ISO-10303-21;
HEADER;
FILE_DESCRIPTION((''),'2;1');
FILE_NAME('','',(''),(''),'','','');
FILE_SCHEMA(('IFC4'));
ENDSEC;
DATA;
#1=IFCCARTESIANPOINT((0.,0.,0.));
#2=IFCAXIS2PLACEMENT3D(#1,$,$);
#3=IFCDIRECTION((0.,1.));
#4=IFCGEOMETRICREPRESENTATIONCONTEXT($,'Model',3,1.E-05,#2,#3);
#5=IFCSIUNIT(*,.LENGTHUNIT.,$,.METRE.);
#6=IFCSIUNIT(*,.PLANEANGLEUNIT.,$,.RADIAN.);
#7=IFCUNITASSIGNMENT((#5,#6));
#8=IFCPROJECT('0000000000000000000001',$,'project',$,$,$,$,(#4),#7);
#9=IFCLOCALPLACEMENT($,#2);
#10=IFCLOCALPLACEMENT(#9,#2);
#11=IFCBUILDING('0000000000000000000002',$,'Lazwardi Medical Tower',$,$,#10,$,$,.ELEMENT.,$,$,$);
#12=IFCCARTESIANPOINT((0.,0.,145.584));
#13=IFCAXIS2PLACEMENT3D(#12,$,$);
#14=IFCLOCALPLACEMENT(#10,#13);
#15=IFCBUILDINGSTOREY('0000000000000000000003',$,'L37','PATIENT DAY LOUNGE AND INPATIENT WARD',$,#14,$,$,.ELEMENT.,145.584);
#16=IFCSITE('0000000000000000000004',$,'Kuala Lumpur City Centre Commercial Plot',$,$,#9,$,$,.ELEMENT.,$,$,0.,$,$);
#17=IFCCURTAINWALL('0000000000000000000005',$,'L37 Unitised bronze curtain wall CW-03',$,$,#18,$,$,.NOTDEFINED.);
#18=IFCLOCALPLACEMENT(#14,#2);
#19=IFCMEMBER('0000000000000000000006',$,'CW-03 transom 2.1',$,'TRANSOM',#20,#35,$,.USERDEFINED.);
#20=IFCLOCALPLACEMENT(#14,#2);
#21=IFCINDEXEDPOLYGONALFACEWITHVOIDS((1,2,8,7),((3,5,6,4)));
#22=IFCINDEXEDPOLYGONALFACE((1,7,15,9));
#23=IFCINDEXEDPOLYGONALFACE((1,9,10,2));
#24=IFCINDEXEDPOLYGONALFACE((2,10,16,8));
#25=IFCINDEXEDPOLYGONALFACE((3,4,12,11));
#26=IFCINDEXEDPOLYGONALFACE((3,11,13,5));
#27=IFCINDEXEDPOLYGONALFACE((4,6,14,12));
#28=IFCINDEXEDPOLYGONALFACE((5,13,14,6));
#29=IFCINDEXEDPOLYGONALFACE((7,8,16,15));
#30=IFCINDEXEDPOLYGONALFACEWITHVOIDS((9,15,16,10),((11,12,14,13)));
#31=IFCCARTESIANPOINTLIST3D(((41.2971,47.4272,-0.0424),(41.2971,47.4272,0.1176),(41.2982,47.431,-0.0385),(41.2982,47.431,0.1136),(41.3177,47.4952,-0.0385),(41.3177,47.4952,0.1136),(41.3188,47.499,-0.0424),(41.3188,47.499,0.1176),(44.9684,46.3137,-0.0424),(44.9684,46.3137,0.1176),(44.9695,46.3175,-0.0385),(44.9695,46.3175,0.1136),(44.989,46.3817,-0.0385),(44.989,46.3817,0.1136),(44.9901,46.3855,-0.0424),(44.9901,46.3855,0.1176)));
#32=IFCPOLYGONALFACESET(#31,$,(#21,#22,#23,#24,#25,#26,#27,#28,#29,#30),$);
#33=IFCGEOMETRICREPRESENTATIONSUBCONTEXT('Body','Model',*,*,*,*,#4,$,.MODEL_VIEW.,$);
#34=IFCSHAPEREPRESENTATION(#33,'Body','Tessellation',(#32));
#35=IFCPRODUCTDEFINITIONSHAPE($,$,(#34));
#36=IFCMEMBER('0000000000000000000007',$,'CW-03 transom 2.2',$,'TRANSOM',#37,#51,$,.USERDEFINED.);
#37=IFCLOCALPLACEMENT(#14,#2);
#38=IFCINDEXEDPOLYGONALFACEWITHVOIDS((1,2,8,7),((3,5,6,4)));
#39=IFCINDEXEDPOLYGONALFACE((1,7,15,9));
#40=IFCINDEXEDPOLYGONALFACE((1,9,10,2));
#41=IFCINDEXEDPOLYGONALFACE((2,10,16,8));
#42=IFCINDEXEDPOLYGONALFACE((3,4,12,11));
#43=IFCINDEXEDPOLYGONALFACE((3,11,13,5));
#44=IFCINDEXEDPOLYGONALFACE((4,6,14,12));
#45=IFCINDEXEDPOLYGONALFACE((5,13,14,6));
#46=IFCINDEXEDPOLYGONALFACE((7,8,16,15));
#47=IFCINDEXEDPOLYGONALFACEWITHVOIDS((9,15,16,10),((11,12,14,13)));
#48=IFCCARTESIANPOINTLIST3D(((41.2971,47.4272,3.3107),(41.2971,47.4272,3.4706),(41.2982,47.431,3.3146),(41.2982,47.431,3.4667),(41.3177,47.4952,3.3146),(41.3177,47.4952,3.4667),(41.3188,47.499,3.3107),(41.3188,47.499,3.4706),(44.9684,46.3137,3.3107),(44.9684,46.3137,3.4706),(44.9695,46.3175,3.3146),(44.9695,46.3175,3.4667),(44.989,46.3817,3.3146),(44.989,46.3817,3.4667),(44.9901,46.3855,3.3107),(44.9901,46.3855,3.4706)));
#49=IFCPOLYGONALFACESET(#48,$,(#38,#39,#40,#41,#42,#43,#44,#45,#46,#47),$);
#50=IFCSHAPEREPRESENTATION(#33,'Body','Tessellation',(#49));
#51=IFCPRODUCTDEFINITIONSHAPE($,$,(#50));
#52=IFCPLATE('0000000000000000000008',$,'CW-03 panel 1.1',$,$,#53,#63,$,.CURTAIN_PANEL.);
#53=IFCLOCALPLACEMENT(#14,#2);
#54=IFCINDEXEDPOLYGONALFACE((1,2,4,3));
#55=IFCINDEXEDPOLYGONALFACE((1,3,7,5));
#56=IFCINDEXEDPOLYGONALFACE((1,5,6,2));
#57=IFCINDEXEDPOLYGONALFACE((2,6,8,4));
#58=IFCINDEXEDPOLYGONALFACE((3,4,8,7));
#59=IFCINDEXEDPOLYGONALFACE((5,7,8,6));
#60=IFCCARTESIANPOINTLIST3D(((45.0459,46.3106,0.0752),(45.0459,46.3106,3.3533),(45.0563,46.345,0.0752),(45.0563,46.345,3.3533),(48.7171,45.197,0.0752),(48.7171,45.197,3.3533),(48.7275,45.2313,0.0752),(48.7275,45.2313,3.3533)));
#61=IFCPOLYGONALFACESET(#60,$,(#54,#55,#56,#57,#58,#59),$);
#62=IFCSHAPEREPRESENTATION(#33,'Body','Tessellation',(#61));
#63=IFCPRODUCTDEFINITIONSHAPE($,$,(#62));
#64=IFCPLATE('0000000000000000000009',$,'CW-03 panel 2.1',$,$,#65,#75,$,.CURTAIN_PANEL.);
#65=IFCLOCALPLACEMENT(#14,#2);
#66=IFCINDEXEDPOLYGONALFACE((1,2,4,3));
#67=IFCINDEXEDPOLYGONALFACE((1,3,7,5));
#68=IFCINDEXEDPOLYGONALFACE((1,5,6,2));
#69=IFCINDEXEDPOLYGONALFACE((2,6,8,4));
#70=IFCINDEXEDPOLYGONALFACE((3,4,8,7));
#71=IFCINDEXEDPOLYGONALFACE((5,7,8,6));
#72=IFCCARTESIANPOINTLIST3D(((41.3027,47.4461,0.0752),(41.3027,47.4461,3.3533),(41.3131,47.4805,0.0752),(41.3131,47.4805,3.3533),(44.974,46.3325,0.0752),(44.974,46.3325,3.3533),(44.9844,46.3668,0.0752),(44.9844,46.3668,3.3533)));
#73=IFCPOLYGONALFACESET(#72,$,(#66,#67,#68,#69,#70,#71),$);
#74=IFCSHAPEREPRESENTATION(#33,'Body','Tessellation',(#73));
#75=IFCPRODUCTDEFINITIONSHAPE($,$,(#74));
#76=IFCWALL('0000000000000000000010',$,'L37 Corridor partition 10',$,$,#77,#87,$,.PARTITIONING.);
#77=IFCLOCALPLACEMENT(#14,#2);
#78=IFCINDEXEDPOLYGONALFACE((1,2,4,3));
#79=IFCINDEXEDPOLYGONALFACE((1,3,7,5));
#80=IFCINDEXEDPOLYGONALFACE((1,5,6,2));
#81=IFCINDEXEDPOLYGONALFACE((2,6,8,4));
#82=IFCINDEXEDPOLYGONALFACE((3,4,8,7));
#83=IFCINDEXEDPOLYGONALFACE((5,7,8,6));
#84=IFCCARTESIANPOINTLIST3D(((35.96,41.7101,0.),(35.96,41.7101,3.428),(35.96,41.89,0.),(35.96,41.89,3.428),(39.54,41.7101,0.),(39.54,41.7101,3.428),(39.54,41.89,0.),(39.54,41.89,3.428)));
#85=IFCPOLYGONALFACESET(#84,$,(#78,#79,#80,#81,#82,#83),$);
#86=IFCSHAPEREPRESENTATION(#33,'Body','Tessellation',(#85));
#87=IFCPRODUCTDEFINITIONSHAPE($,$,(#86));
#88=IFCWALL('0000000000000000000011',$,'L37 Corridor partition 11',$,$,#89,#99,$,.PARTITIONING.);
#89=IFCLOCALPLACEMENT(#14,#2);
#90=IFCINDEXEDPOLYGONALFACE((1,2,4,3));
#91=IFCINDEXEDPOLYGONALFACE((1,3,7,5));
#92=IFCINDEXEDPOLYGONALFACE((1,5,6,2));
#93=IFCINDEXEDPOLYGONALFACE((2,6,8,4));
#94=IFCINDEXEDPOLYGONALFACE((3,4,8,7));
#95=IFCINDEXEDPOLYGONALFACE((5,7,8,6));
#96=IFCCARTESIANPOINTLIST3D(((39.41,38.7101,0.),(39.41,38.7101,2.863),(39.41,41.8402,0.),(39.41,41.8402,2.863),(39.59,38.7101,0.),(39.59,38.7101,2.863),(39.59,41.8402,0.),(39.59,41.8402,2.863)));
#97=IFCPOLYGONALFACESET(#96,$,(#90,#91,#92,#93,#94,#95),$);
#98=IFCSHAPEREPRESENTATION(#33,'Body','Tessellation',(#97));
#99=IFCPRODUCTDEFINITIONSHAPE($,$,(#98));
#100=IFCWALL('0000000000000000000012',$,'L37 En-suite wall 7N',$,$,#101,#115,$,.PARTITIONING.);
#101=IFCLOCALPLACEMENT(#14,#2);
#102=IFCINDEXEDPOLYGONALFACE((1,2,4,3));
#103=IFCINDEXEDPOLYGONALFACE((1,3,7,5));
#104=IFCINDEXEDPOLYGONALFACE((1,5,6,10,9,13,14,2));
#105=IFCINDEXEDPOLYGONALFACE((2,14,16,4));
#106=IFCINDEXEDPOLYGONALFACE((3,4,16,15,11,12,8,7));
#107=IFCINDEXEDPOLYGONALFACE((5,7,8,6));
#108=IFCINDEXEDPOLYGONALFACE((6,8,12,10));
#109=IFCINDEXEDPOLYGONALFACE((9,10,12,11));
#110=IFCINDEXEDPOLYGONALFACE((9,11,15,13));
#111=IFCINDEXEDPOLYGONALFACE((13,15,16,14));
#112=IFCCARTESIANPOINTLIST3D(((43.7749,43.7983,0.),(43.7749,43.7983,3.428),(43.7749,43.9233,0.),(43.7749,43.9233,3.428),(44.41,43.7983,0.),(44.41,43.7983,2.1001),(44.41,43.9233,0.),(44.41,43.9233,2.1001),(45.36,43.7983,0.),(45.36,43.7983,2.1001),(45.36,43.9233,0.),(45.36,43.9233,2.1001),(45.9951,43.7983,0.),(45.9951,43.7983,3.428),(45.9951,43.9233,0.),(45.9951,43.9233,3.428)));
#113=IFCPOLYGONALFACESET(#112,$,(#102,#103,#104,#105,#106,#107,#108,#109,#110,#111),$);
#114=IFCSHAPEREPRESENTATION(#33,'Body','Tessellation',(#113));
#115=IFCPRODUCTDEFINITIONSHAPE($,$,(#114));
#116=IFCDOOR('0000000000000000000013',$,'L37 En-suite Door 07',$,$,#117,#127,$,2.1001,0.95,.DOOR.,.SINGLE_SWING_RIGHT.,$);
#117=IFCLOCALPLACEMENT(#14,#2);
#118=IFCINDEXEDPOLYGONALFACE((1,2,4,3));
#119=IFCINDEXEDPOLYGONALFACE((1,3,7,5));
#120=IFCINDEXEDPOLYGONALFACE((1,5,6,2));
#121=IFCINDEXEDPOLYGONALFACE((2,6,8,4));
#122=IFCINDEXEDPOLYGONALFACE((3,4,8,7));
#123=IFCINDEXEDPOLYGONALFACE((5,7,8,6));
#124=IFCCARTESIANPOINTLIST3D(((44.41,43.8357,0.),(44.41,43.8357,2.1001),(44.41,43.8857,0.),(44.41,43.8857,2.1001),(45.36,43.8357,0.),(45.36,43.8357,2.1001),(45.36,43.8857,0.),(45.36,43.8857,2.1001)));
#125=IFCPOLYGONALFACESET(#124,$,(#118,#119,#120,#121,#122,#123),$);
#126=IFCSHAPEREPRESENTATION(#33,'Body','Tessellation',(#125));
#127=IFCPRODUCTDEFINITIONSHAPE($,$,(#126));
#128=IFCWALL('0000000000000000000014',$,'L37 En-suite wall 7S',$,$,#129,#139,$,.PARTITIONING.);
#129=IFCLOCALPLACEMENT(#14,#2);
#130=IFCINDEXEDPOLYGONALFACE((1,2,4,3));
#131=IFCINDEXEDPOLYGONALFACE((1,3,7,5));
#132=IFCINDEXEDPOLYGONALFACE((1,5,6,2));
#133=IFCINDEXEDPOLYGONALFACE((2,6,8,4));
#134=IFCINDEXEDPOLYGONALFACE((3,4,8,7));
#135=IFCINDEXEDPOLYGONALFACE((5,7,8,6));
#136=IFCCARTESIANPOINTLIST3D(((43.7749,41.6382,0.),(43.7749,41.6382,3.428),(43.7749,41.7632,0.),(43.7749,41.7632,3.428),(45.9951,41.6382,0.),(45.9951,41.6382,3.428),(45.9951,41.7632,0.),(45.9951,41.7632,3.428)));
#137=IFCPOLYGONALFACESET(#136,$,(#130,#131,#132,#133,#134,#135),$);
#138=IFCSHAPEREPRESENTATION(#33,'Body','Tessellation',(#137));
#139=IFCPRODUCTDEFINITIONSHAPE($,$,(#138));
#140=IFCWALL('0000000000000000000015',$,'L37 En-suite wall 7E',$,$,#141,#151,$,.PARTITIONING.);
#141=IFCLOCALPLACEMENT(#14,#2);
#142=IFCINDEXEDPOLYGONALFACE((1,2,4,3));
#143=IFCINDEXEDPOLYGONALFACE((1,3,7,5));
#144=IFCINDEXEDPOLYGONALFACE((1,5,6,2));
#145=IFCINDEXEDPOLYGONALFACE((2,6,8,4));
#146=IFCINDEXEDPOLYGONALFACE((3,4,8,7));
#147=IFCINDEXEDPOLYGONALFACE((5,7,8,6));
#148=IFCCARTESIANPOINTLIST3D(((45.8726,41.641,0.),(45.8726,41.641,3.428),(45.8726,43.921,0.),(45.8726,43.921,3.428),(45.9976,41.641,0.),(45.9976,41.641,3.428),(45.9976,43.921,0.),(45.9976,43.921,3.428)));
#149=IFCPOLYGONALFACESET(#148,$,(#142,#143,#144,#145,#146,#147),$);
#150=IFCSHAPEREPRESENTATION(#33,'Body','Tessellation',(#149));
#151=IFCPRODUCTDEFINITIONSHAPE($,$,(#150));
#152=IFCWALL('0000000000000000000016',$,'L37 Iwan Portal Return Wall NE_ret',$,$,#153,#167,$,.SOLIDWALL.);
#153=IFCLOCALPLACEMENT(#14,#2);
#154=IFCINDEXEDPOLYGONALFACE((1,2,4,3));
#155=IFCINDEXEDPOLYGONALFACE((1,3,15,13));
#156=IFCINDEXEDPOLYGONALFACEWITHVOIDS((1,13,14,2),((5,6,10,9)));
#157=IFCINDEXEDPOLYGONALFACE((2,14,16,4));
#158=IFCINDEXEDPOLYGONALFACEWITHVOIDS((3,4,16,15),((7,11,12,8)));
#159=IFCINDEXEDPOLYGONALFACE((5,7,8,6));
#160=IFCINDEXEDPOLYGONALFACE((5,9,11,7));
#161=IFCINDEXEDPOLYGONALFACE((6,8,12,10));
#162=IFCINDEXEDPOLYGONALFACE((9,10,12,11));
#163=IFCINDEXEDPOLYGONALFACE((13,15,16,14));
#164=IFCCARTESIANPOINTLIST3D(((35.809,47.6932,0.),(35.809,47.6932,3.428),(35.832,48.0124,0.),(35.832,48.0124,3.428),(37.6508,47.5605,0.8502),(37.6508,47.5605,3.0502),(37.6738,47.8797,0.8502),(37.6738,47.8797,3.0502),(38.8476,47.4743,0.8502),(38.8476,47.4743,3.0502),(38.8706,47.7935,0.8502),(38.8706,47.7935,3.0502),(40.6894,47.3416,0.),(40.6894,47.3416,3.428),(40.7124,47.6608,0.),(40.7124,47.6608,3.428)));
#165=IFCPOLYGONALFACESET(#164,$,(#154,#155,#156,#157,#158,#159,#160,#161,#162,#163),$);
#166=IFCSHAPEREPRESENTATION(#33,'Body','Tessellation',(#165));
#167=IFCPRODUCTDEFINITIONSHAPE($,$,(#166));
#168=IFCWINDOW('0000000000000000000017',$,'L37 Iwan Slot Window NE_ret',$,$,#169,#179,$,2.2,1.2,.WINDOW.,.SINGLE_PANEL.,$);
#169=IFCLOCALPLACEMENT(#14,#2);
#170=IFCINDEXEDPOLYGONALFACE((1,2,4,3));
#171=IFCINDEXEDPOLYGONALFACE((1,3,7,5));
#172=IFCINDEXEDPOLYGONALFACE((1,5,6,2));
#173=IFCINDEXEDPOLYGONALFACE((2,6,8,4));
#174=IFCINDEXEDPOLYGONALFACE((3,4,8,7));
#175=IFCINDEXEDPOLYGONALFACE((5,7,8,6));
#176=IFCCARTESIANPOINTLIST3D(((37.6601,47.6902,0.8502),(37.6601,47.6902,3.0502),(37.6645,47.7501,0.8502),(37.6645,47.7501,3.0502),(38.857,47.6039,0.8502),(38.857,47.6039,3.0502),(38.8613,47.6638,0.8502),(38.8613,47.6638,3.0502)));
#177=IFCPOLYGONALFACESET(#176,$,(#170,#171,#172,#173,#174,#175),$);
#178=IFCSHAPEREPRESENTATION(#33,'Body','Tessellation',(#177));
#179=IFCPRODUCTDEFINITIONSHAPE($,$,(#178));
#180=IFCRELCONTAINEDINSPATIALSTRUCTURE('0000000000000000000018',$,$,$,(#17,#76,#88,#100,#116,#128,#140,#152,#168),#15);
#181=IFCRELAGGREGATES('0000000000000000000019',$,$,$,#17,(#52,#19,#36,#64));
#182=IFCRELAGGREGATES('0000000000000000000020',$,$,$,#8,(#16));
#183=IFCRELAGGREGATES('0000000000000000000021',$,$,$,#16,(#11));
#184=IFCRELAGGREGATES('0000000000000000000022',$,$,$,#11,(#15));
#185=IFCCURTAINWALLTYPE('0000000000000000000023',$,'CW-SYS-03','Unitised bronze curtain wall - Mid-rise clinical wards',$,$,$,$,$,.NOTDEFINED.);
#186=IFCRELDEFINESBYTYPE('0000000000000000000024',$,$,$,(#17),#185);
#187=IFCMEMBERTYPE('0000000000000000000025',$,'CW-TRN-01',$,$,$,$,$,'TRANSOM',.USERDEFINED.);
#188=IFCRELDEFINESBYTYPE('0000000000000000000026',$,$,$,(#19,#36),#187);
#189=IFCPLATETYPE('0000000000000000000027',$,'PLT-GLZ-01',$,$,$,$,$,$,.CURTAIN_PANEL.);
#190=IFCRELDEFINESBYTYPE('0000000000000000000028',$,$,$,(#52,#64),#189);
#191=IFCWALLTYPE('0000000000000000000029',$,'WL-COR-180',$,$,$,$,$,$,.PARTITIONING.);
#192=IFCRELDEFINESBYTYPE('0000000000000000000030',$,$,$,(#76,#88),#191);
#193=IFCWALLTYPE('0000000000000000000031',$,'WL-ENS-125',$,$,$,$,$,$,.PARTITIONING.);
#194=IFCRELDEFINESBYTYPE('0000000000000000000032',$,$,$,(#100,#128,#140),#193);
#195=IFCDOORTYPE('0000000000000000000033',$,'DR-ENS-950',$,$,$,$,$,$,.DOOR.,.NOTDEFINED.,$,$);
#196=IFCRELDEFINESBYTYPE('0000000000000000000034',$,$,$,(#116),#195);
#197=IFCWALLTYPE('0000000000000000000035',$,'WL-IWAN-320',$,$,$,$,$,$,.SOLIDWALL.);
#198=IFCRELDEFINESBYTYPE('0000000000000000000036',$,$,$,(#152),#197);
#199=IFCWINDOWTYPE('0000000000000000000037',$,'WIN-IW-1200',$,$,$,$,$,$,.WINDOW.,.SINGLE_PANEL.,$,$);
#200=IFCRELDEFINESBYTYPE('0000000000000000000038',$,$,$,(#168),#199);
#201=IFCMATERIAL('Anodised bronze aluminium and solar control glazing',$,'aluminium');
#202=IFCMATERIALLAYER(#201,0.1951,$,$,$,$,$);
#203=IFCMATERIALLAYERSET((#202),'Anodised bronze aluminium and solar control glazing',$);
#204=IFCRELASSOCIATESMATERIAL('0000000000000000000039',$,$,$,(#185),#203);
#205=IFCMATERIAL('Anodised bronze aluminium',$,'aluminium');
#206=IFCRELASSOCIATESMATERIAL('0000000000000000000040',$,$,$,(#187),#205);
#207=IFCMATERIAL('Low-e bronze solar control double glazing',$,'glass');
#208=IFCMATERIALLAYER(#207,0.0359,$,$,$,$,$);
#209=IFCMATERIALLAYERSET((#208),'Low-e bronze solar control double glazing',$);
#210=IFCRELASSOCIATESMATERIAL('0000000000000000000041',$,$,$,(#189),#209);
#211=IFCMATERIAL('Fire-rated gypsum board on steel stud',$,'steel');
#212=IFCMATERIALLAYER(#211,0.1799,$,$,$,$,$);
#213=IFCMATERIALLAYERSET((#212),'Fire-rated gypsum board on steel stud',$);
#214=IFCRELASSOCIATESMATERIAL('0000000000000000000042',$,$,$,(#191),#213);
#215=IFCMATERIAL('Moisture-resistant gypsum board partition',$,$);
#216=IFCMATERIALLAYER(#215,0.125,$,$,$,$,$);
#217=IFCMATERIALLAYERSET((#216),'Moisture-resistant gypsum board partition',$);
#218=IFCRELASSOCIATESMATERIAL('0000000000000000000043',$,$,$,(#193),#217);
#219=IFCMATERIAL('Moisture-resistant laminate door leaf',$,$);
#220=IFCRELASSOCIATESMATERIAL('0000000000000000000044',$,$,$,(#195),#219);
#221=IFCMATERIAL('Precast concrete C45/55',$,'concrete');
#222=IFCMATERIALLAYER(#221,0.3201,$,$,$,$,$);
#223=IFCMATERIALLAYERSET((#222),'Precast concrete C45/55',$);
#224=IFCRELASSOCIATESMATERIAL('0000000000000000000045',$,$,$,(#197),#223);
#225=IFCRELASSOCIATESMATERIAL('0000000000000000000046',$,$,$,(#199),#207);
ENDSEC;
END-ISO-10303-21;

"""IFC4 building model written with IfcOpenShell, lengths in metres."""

from ifc_helpers import new_model, si_unit, direction, frame, frame_2d, origin, origin_2d, place, context, subcontext, project, spatial, rectangle, hollow_rectangle, extrude, material, layer, layer_set, material_profile, profile_set, type_object, element, fill, aggregate, save


model = new_model("IFC4")

# Units and contexts
model_context = context("Model", 3, precision=1e-05, world=origin(), true_north=direction((0.0, 1.0)))
body_context = subcontext(model_context, "Body", "Model", "MODEL_VIEW")
ifc_project = project(units=[si_unit("LENGTHUNIT", "METRE"), si_unit("PLANEANGLEUNIT", "RADIAN")], contexts=[model_context])

# Site, building, storey
site_placement = place(None, origin())
site = spatial("IfcSite", under=ifc_project, at=site_placement, Name="Kuala Lumpur City Centre Commercial Plot", CompositionType="ELEMENT", RefElevation=0.0)
building_placement = place(site_placement, origin())
building = spatial("IfcBuilding", under=site, at=building_placement, Name="Lazwardi Medical Tower", CompositionType="ELEMENT")
storey_placement = place(building_placement, frame((0.0, 0.0, 145.584)))
storey = spatial("IfcBuildingStorey", under=building, at=storey_placement, Name="L37", Description="PATIENT DAY LOUNGE AND INPATIENT WARD", CompositionType="ELEMENT", Elevation=145.584)

# Curtain wall, members, plates
ifc_material_1 = material(Name="Anodised bronze aluminium and solar control glazing", Category="aluminium")
ifc_layer_1 = layer(ifc_material_1, 0.1951)
ifc_layer_set_1 = layer_set([ifc_layer_1], Name="Anodised bronze aluminium and solar control glazing")
curtain_wall_type = type_object("IfcCurtainWallType", Name="CW-SYS-03", Description="Unitised bronze curtain wall - Mid-rise clinical wards", PredefinedType="NOTDEFINED", material=ifc_layer_set_1)
curtain_wall_placement = place(storey_placement, origin())
curtain_wall = element("IfcCurtainWall", 1, at=curtain_wall_placement, inside=storey, type_object=curtain_wall_type, Name="L37 Unitised bronze curtain wall CW-03", PredefinedType="NOTDEFINED")
ifc_material_2 = material(Name="Anodised bronze aluminium", Category="aluminium")
ifc_material_profile_1 = material_profile(ifc_material_2, hollow_rectangle(XDim=0.075, YDim=0.1599, WallThickness=0.0039, at=origin_2d()), Name="ALU-TRANSOM 160x75x4")
ifc_profile_set_1 = profile_set([ifc_material_profile_1], Name="Anodised bronze aluminium")
member_type_1 = type_object("IfcMemberType", Name="CW-TRN-01", ElementType="TRANSOM", PredefinedType="USERDEFINED", material=ifc_profile_set_1)
member_1_placement = place(storey_placement, frame((44.9792, 46.3496, 0.0376), z_axis=(-0.956953, 0.290242, 0.0), x_axis=(-0.290242, -0.956953, 0.0)))
member_1 = element("IfcMember", 2, at=member_1_placement, type_object=member_type_1, Name="CW-03 transom 2.1", ObjectType="TRANSOM", PredefinedType="USERDEFINED", context=body_context, shape_type="SweptSolid", body=[
    extrude(hollow_rectangle(XDim=0.075, YDim=0.1599, WallThickness=0.0039, at=origin_2d()), origin(), (0.0, 0.0, 1.0), 3.8364),
])
member_2_placement = place(storey_placement, frame((44.9792, 46.3496, 3.3906), z_axis=(-0.956953, 0.290242, 0.0), x_axis=(-0.290242, -0.956953, 0.0)))
member_2 = element("IfcMember", 3, at=member_2_placement, type_object=member_type_1, Name="CW-03 transom 2.2", ObjectType="TRANSOM", PredefinedType="USERDEFINED", context=body_context, shape_type="SweptSolid", body=[
    extrude(hollow_rectangle(XDim=0.075, YDim=0.1599, WallThickness=0.0039, at=origin_2d()), origin(), (0.0, 0.0, 1.0), 3.8364),
])
ifc_material_3 = material(Name="Low-e bronze solar control double glazing", Category="glass")
ifc_layer_2 = layer(ifc_material_3, 0.0359)
ifc_layer_set_2 = layer_set([ifc_layer_2], Name="Low-e bronze solar control double glazing")
plate_type = type_object("IfcPlateType", Name="PLT-GLZ-01", PredefinedType="CURTAIN_PANEL", material=ifc_layer_set_2)
plate_1_placement = place(storey_placement, frame((46.8867, 45.771, 0.0752), z_axis=(0.0, 0.0, 1.0), x_axis=(-0.956942, 0.290281, 0.0)))
plate_1 = element("IfcPlate", 4, at=plate_1_placement, type_object=plate_type, Name="CW-03 panel 1.1", PredefinedType="CURTAIN_PANEL", context=body_context, shape_type="SweptSolid", body=[
    extrude(rectangle(XDim=3.8364, YDim=0.0359, at=origin_2d()), origin(), (0.0, 0.0, 1.0), 3.2781),
])
plate_2_placement = place(storey_placement, frame((43.1436, 46.9065, 0.0752), z_axis=(0.0, 0.0, 1.0), x_axis=(-0.956942, 0.290281, 0.0)))
plate_2 = element("IfcPlate", 5, at=plate_2_placement, type_object=plate_type, Name="CW-03 panel 2.1", PredefinedType="CURTAIN_PANEL", context=body_context, shape_type="SweptSolid", body=[
    extrude(rectangle(XDim=3.8364, YDim=0.0359, at=origin_2d()), origin(), (0.0, 0.0, 1.0), 3.2781),
])
aggregate(curtain_wall, [plate_1, member_1, member_2, plate_2])

# Walls
ifc_material_4 = material(Name="Fire-rated gypsum board on steel stud", Category="steel")
ifc_layer_3 = layer(ifc_material_4, 0.1799)
ifc_layer_set_3 = layer_set([ifc_layer_3], Name="Fire-rated gypsum board on steel stud")
wall_type_1 = type_object("IfcWallType", Name="WL-COR-180", PredefinedType="PARTITIONING", material=ifc_layer_set_3)
wall_1_placement = place(storey_placement, frame((35.96, 41.8, 0.0), z_axis=(0.0, 0.0, 1.0), x_axis=(1.0, 0.0, 0.0)))
element("IfcWall", 6, at=wall_1_placement, inside=storey, type_object=wall_type_1, Name="L37 Corridor partition 10", PredefinedType="PARTITIONING", context=body_context, shape_type="SweptSolid", body=[
    extrude(rectangle(XDim=3.5801, YDim=0.1799, at=frame_2d((1.79, 0.0))), origin(), (0.0, 0.0, 1.0), 3.428),
])
wall_2_placement = place(storey_placement, frame((39.5, 41.8401, 0.0), z_axis=(0.0, 0.0, 1.0), x_axis=(0.0, -1.0, 0.0)))
element("IfcWall", 7, at=wall_2_placement, inside=storey, type_object=wall_type_1, Name="L37 Corridor partition 11", PredefinedType="PARTITIONING", context=body_context, shape_type="SweptSolid", body=[
    extrude(rectangle(XDim=3.1301, YDim=0.1799, at=frame_2d((1.5649, 0.0))), origin(), (0.0, 0.0, 1.0), 2.863),
])

# Wall, opening, door
ifc_material_5 = material(Name="Moisture-resistant gypsum board partition")
ifc_layer_4 = layer(ifc_material_5, 0.125)
ifc_layer_set_4 = layer_set([ifc_layer_4], Name="Moisture-resistant gypsum board partition")
wall_type_2 = type_object("IfcWallType", Name="WL-ENS-125", PredefinedType="PARTITIONING", material=ifc_layer_set_4)
wall_3_placement = place(storey_placement, frame((43.7749, 43.8608, 0.0), z_axis=(0.0, 0.0, 1.0), x_axis=(1.0, 0.0, 0.0)))
wall_3 = element("IfcWall", 8, at=wall_3_placement, inside=storey, type_object=wall_type_2, Name="L37 En-suite wall 7N", PredefinedType="PARTITIONING", context=body_context, shape_type="SweptSolid", body=[
    extrude(rectangle(XDim=2.2202, YDim=0.125, at=frame_2d((1.1101, 0.0))), origin(), (0.0, 0.0, 1.0), 3.428),
])
opening_1_placement = place(wall_3_placement, frame((0.635, 0.0, 0.0)))
opening_1 = element("IfcOpeningElement", 9, at=opening_1_placement, cuts=wall_3, PredefinedType="OPENING", context=body_context, shape_type="SweptSolid", body=[
    extrude(rectangle(XDim=0.95, YDim=2.1001, at=frame_2d((0.4751, 1.05))), frame((0.0, 0.0725, 0.0), z_axis=(0.0, -1.0, 0.0), x_axis=(1.0, 0.0, 0.0)), (0.0, 0.0, 1.0), 0.145),
])
ifc_material_6 = material(Name="Moisture-resistant laminate door leaf")
door_type = type_object("IfcDoorType", Name="DR-ENS-950", OperationType="NOTDEFINED", PredefinedType="DOOR", material=ifc_material_6)
door_placement = place(opening_1_placement, origin())
door = element("IfcDoor", 10, at=door_placement, inside=storey, type_object=door_type, Name="L37 En-suite Door 07", OperationType="SINGLE_SWING_RIGHT", OverallHeight=2.1001, OverallWidth=0.95, PredefinedType="DOOR", context=body_context, shape_type="SweptSolid", body=[
    extrude(rectangle(XDim=0.95, YDim=2.1001, at=frame_2d((0.4751, 1.05))), frame((0.0, 0.0249, 0.0), z_axis=(0.0, -1.0, 0.0), x_axis=(1.0, 0.0, 0.0)), (0.0, 0.0, 1.0), 0.05),
])
fill(opening_1, door)

# Walls
wall_4_placement = place(storey_placement, frame((43.7749, 41.7007, 0.0), z_axis=(0.0, 0.0, 1.0), x_axis=(1.0, 0.0, 0.0)))
element("IfcWall", 11, at=wall_4_placement, inside=storey, type_object=wall_type_2, Name="L37 En-suite wall 7S", PredefinedType="PARTITIONING", context=body_context, shape_type="SweptSolid", body=[
    extrude(rectangle(XDim=2.2202, YDim=0.125, at=frame_2d((1.1101, 0.0))), origin(), (0.0, 0.0, 1.0), 3.428),
])
wall_5_placement = place(storey_placement, frame((45.9351, 41.6409, 0.0), z_axis=(0.0, 0.0, 1.0), x_axis=(0.0, 1.0, 0.0)))
element("IfcWall", 12, at=wall_5_placement, inside=storey, type_object=wall_type_2, Name="L37 En-suite wall 7E", PredefinedType="PARTITIONING", context=body_context, shape_type="SweptSolid", body=[
    extrude(rectangle(XDim=2.28, YDim=0.125, at=frame_2d((1.1401, 0.0))), origin(), (0.0, 0.0, 1.0), 3.428),
])

# Wall, opening, window
ifc_material_7 = material(Name="Precast concrete C45/55", Category="concrete")
ifc_layer_5 = layer(ifc_material_7, 0.3201)
ifc_layer_set_5 = layer_set([ifc_layer_5], Name="Precast concrete C45/55")
wall_type_3 = type_object("IfcWallType", Name="WL-IWAN-320", PredefinedType="SOLIDWALL", material=ifc_layer_set_5)
wall_6_placement = place(storey_placement, frame((40.7009, 47.5012, 0.0), z_axis=(0.0, 0.0, 1.0), x_axis=(-0.997415, 0.07185, 0.0)))
wall_6 = element("IfcWall", 13, at=wall_6_placement, inside=storey, type_object=wall_type_3, Name="L37 Iwan Portal Return Wall NE_ret", PredefinedType="SOLIDWALL", context=body_context, shape_type="SweptSolid", body=[
    extrude(rectangle(XDim=4.8931, YDim=0.3201, at=frame_2d((2.4465, 0.0))), origin(), (0.0, 0.0, 1.0), 3.428),
])
opening_2_placement = place(wall_6_placement, frame((1.8464, 0.0, 0.8501)))
opening_2 = element("IfcOpeningElement", 14, at=opening_2_placement, cuts=wall_6, PredefinedType="OPENING", context=body_context, shape_type="SweptSolid", body=[
    extrude(rectangle(XDim=1.2, YDim=2.2, at=frame_2d((0.6001, 1.1001))), frame((0.0, 0.1699, 0.0), z_axis=(0.0, -1.0, 0.0), x_axis=(1.0, 0.0, 0.0)), (0.0, 0.0, 1.0), 0.3401),
])
window_type_1 = type_object("IfcWindowType", Name="WIN-IW-1200", PartitioningType="SINGLE_PANEL", PredefinedType="WINDOW", material=ifc_material_3)
window_1_placement = place(opening_2_placement, origin())
window_1 = element("IfcWindow", 15, at=window_1_placement, inside=storey, type_object=window_type_1, Name="L37 Iwan Slot Window NE_ret", OverallHeight=2.2, OverallWidth=1.2, PartitioningType="SINGLE_PANEL", PredefinedType="WINDOW", context=body_context, shape_type="SweptSolid", body=[
    extrude(rectangle(XDim=1.2, YDim=2.2, at=frame_2d((0.6001, 1.1001))), frame((0.0, 0.03, 0.0), z_axis=(0.0, -1.0, 0.0), x_axis=(1.0, 0.0, 0.0)), (0.0, 0.0, 1.0), 0.0601),
])
fill(opening_2, window_1)

save(model, "model.ifc")
